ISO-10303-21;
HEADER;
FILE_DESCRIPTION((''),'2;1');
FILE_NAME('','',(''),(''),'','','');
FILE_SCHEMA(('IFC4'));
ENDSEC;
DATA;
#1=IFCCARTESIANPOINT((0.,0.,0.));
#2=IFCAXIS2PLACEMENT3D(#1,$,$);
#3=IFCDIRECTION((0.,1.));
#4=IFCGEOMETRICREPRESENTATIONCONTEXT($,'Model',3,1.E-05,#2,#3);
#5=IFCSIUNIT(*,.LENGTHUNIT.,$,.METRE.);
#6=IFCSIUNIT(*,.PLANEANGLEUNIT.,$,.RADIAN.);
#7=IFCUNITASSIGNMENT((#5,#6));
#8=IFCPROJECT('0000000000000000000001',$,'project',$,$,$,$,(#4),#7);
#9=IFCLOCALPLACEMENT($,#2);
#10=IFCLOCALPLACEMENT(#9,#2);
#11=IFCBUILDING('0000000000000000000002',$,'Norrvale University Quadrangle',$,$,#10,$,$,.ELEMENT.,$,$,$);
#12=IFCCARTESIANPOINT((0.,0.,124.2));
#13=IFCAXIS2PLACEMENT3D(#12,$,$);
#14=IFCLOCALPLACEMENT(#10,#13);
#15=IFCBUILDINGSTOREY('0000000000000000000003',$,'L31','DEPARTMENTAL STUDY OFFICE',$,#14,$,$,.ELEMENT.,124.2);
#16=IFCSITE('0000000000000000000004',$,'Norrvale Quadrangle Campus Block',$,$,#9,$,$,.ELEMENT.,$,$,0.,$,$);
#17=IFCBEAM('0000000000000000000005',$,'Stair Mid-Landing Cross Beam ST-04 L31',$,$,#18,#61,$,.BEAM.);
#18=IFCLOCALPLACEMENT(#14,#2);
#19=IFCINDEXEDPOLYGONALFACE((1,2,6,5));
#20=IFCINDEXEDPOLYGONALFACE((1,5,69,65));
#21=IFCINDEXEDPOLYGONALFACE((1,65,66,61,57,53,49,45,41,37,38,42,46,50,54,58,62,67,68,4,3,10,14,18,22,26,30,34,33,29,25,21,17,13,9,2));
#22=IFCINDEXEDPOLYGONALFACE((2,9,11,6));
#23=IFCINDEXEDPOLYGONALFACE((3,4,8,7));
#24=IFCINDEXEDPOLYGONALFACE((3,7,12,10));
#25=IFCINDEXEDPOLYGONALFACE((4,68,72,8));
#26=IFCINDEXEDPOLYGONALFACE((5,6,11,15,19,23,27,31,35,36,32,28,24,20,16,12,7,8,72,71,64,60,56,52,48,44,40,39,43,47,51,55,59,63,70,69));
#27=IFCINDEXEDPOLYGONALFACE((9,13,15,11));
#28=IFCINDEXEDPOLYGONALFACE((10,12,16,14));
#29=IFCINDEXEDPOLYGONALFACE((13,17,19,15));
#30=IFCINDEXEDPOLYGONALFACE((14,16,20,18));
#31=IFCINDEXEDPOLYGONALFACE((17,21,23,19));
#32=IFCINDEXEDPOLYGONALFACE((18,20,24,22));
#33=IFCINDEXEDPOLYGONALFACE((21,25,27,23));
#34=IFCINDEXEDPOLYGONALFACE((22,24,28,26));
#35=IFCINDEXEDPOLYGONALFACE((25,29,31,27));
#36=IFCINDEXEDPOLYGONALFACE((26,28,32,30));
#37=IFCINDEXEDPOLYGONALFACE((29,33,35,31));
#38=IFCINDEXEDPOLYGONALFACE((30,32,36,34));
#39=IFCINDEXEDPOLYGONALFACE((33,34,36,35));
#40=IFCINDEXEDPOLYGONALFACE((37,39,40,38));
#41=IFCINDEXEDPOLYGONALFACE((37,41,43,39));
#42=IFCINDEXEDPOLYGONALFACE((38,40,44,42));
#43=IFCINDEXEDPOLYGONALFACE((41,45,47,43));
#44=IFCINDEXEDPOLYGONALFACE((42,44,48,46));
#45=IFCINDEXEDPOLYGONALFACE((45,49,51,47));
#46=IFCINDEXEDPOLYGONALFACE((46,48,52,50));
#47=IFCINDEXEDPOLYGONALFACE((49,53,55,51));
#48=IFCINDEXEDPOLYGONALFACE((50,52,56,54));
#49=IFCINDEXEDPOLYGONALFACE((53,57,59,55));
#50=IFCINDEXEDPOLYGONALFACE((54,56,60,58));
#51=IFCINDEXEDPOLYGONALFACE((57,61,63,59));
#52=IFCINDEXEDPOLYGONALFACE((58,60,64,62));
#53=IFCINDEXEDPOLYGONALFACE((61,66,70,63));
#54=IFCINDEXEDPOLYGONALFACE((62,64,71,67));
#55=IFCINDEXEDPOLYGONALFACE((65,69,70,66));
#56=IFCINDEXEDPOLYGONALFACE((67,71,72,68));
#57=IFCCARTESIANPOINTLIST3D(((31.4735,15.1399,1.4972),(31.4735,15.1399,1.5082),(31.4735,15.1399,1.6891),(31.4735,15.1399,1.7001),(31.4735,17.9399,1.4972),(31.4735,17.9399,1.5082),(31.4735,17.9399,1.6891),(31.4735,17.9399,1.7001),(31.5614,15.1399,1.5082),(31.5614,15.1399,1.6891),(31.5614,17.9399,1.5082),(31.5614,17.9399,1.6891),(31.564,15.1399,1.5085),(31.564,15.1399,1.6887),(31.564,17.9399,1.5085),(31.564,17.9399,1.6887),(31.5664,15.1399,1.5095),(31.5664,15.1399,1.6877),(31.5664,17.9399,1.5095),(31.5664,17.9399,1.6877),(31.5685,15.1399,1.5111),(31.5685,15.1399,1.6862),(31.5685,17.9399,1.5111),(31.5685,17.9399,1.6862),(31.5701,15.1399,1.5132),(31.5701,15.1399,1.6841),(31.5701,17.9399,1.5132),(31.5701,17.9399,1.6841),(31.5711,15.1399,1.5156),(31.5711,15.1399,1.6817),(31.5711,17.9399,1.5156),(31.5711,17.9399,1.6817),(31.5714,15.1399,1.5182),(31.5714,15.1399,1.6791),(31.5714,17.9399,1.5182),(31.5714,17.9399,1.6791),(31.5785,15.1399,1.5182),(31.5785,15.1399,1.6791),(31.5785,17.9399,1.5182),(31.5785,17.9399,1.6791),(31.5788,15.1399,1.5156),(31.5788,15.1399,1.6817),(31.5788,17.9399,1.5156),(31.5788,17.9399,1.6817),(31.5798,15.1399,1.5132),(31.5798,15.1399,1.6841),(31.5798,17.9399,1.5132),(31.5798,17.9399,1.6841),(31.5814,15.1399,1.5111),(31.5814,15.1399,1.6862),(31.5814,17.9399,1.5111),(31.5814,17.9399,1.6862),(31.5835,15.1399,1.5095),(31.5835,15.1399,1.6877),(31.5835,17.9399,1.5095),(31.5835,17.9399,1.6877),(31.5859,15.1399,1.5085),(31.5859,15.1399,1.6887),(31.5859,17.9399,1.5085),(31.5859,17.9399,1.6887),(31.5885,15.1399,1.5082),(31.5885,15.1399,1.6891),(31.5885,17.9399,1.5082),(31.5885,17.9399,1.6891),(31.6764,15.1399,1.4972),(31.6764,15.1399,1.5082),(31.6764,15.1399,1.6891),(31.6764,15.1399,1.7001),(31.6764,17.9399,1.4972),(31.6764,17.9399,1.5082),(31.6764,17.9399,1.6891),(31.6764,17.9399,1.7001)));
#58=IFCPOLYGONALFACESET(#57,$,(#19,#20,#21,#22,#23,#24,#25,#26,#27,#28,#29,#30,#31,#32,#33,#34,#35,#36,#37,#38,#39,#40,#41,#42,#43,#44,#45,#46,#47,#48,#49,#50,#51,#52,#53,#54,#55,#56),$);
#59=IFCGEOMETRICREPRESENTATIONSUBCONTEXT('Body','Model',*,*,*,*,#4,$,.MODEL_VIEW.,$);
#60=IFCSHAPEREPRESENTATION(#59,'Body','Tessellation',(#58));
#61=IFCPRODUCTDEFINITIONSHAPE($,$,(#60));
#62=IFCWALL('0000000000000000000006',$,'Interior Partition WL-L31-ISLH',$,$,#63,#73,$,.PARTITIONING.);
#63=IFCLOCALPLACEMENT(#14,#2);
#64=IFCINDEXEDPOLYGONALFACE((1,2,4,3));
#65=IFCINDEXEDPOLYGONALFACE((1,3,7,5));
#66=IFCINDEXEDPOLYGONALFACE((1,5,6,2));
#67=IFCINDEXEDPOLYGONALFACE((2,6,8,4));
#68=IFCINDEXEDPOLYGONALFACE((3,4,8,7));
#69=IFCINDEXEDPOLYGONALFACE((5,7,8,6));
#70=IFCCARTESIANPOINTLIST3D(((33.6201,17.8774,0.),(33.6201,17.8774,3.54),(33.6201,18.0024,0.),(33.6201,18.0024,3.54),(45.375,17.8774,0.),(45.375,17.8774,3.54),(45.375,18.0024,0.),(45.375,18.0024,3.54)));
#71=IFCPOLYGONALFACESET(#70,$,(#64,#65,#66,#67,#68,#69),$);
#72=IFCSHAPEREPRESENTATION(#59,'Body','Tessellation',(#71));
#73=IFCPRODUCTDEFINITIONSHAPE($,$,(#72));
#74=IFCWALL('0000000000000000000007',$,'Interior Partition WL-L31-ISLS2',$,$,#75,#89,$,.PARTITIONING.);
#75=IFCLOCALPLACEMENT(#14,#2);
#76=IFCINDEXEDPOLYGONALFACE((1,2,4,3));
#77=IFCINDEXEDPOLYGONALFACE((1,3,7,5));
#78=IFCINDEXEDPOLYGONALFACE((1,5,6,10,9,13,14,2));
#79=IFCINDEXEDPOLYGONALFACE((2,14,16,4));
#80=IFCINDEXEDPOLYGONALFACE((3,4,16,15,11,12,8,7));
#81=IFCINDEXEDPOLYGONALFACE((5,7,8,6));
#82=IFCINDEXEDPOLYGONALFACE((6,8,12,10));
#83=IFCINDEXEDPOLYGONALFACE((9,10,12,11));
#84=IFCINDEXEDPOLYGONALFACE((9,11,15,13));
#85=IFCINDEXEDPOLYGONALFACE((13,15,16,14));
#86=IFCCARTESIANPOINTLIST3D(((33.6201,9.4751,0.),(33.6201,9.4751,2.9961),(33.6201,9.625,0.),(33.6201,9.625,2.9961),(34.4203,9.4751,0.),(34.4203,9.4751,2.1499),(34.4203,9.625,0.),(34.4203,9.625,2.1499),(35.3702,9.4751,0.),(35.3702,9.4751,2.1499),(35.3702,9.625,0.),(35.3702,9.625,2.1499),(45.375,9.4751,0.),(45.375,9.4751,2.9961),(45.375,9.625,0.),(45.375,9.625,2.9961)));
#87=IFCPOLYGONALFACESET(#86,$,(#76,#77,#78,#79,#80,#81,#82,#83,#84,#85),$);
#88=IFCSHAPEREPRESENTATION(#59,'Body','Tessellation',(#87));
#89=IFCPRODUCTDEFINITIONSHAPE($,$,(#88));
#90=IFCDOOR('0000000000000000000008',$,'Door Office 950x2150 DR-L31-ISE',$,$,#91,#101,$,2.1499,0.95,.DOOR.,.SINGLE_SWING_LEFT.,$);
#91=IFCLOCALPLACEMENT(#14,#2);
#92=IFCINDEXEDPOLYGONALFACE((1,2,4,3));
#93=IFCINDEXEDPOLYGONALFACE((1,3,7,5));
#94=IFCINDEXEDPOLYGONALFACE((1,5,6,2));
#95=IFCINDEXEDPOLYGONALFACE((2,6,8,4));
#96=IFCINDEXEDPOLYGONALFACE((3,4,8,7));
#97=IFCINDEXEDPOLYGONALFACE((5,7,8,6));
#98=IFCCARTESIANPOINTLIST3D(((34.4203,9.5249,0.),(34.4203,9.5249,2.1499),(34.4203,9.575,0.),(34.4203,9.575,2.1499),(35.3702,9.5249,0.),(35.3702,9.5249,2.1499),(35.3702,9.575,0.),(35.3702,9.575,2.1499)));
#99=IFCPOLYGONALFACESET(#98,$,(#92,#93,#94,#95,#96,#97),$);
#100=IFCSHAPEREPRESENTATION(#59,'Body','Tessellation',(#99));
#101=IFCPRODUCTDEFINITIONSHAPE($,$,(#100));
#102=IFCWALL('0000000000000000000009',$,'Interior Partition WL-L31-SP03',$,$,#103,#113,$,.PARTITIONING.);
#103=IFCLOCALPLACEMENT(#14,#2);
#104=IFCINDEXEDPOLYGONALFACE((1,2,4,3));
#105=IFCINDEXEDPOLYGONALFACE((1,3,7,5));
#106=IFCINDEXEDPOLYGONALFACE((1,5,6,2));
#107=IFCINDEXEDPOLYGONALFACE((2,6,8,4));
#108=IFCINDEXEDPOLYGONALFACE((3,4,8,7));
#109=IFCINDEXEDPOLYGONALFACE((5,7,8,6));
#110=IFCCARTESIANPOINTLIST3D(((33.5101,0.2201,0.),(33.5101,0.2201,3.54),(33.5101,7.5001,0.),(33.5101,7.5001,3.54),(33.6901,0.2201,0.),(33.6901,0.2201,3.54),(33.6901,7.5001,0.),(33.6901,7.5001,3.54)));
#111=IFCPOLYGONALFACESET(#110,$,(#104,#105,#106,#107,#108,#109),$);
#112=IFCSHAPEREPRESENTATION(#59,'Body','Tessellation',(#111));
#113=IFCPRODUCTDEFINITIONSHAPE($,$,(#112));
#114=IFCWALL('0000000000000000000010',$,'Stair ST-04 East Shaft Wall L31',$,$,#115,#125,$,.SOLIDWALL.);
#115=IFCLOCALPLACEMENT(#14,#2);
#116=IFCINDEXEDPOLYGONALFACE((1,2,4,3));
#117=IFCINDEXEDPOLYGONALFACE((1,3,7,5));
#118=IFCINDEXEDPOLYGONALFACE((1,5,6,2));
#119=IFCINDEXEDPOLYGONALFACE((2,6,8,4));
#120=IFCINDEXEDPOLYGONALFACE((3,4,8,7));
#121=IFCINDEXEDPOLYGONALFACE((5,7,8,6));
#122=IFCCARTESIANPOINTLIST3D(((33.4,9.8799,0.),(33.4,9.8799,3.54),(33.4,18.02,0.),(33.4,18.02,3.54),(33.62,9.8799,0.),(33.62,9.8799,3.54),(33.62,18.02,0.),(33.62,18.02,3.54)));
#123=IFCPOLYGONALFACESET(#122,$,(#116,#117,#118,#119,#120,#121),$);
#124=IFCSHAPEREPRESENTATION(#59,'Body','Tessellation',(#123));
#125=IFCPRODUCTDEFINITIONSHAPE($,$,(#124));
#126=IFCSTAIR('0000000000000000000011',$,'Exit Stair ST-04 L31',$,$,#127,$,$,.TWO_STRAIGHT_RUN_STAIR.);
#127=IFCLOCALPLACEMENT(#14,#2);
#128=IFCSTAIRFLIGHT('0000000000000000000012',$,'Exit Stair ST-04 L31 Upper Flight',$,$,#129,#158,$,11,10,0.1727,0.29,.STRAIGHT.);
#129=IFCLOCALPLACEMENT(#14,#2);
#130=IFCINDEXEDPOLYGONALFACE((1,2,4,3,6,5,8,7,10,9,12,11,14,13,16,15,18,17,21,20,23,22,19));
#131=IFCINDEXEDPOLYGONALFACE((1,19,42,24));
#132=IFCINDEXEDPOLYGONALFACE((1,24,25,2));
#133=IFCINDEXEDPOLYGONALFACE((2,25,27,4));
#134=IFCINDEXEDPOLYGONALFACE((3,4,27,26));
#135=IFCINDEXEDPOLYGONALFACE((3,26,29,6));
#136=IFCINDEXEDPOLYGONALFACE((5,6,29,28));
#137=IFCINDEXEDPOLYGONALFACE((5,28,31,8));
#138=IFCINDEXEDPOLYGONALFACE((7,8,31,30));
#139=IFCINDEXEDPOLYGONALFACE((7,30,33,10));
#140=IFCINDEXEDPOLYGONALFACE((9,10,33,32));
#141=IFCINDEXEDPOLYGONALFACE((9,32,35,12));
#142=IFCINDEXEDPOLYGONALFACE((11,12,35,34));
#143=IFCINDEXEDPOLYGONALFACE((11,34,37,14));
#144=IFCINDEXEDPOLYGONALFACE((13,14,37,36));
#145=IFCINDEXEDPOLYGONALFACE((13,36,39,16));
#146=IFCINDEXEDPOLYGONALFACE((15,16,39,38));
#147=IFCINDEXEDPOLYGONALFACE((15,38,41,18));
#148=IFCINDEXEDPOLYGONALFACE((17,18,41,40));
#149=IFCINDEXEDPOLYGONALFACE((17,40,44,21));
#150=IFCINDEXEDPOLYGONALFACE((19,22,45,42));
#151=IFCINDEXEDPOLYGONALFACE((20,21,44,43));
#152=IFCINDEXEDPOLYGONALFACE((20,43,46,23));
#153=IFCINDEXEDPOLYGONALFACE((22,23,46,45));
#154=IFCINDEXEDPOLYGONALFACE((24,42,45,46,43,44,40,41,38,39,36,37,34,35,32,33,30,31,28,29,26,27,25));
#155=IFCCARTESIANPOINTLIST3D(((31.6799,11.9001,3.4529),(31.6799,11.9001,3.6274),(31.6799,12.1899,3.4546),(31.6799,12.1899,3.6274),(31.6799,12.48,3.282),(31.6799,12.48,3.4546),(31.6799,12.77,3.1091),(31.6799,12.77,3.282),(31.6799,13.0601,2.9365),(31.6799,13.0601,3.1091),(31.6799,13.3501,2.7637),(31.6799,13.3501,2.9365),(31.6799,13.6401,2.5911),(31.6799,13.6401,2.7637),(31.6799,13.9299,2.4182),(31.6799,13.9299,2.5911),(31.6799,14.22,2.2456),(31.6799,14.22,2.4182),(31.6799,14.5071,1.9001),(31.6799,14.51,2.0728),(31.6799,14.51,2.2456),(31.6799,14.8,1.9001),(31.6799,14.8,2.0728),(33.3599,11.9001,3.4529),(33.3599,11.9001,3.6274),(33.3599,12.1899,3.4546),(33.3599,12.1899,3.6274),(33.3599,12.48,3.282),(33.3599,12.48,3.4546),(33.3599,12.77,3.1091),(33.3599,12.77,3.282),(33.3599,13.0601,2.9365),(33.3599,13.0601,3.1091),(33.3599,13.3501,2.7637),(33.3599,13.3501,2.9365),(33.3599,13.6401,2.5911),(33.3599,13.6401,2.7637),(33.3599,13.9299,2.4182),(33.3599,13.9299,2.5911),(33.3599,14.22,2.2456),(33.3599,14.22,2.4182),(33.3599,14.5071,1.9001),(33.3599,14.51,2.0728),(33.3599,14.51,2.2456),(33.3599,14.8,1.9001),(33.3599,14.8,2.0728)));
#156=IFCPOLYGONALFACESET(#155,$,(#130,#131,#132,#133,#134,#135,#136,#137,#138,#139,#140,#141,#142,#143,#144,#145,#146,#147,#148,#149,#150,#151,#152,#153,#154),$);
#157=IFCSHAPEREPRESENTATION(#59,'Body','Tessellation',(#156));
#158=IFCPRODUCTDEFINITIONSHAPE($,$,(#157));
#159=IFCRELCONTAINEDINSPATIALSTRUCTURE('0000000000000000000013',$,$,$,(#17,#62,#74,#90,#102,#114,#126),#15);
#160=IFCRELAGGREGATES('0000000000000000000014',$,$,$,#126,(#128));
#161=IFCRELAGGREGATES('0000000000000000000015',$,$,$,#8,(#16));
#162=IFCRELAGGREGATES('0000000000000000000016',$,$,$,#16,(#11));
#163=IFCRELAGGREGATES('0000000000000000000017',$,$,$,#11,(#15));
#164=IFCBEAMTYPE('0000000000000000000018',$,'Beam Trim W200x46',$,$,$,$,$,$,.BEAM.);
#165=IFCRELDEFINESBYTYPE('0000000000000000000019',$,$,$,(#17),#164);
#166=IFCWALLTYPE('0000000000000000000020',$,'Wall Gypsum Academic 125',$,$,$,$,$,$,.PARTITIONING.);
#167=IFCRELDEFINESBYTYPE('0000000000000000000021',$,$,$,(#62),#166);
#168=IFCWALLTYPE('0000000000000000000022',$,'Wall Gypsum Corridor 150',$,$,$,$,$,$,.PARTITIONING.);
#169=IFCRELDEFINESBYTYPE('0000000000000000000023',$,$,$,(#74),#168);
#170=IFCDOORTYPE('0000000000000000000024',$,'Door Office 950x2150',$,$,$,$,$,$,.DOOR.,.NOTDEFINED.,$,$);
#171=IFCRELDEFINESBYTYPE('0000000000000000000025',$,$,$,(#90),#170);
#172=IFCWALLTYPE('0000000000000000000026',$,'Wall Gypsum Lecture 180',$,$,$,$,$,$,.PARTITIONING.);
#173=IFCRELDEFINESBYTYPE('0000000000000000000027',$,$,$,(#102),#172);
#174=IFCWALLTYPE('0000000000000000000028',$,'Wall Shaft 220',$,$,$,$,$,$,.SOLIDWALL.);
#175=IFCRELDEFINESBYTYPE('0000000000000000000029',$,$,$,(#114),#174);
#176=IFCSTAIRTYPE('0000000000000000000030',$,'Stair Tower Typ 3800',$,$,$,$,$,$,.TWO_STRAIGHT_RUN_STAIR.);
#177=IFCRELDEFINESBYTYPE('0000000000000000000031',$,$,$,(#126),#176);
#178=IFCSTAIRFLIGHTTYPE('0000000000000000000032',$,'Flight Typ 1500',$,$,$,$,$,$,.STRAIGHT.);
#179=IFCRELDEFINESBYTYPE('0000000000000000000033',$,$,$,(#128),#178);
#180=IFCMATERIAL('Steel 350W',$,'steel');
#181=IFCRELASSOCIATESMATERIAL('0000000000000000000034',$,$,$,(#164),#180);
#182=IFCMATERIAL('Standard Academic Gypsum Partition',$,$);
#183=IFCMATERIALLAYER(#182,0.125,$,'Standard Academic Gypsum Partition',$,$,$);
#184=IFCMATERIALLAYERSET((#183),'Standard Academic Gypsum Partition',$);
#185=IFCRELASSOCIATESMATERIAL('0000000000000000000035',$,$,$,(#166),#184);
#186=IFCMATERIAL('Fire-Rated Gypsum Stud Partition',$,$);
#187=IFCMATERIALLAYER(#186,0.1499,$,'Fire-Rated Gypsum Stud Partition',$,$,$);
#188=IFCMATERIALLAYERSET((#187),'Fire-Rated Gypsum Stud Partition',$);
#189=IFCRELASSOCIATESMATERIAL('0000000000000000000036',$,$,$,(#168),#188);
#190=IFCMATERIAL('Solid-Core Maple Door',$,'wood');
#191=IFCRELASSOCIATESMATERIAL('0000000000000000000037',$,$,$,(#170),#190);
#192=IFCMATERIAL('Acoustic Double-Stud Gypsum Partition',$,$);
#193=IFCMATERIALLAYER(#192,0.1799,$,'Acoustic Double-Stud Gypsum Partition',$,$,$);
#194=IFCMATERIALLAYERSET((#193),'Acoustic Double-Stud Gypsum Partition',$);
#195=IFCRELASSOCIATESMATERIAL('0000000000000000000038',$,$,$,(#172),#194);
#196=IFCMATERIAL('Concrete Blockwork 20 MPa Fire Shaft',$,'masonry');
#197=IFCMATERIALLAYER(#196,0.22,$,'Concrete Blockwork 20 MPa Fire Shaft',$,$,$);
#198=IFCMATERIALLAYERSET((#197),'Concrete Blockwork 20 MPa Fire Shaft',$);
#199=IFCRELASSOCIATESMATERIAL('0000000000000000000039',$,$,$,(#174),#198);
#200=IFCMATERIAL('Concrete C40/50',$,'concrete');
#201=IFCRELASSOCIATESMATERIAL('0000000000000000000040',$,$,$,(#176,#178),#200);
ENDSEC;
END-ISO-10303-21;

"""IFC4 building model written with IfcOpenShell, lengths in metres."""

from ifc_helpers import new_model, si_unit, direction, frame, frame_2d, origin, origin_2d, place, context, subcontext, project, spatial, polyline, rectangle, i_section, outline, extrude, material, layer, layer_set, material_profile, profile_set, type_object, element, fill, aggregate, save


model = new_model("IFC4")

# Units and contexts
model_context = context("Model", 3, precision=1e-05, world=origin(), true_north=direction((0.0, 1.0)))
body_context = subcontext(model_context, "Body", "Model", "MODEL_VIEW")
ifc_project = project(units=[si_unit("LENGTHUNIT", "METRE"), si_unit("PLANEANGLEUNIT", "RADIAN")], contexts=[model_context])

# Site, building, storey
site_placement = place(None, origin())
site = spatial("IfcSite", under=ifc_project, at=site_placement, Name="Norrvale Quadrangle Campus Block", CompositionType="ELEMENT", RefElevation=0.0)
building_placement = place(site_placement, origin())
building = spatial("IfcBuilding", under=site, at=building_placement, Name="Norrvale University Quadrangle", CompositionType="ELEMENT")
storey_placement = place(building_placement, frame((0.0, 0.0, 124.2)))
storey = spatial("IfcBuildingStorey", under=building, at=storey_placement, Name="L31", Description="DEPARTMENTAL STUDY OFFICE", CompositionType="ELEMENT", Elevation=124.2)

# Beam
ifc_material_1 = material(Name="Steel 350W", Category="steel")
ifc_material_profile_1 = material_profile(ifc_material_1, i_section(OverallWidth=0.2029, OverallDepth=0.2029, WebThickness=0.0071, FlangeThickness=0.011, FilletRadius=0.01, at=origin_2d()), Name="Steel 350W")
ifc_profile_set_1 = profile_set([ifc_material_profile_1], Name="Steel 350W")
beam_type_1 = type_object("IfcBeamType", Name="Beam Trim W200x46", PredefinedType="BEAM", material=ifc_profile_set_1)
beam_1_placement = place(storey_placement, frame((31.575, 15.1399, 1.5986), z_axis=(0.0, 1.0, 0.0), x_axis=(-1.0, 0.0, 0.0)))
element("IfcBeam", 1, at=beam_1_placement, inside=storey, type_object=beam_type_1, Name="Stair Mid-Landing Cross Beam ST-04 L31", PredefinedType="BEAM", context=body_context, shape_type="SweptSolid", body=[
    extrude(i_section(OverallWidth=0.2029, OverallDepth=0.2029, WebThickness=0.0071, FlangeThickness=0.011, FilletRadius=0.01, at=origin_2d()), origin(), (0.0, 0.0, 1.0), 2.8),
])

# Wall
ifc_material_2 = material(Name="Standard Academic Gypsum Partition")
ifc_layer_1 = layer(ifc_material_2, 0.125, Name="Standard Academic Gypsum Partition")
ifc_layer_set_1 = layer_set([ifc_layer_1], Name="Standard Academic Gypsum Partition")
wall_type_1 = type_object("IfcWallType", Name="Wall Gypsum Academic 125", PredefinedType="PARTITIONING", material=ifc_layer_set_1)
wall_1_placement = place(storey_placement, frame((33.6201, 17.9399, 0.0), z_axis=(0.0, 0.0, 1.0), x_axis=(1.0, 0.0, 0.0)))
element("IfcWall", 2, at=wall_1_placement, inside=storey, type_object=wall_type_1, Name="Interior Partition WL-L31-ISLH", PredefinedType="PARTITIONING", context=body_context, shape_type="SweptSolid", body=[
    extrude(rectangle(XDim=11.7549, YDim=0.125, at=frame_2d((5.8774, 0.0))), origin(), (0.0, 0.0, 1.0), 3.54),
])

# Wall, opening, door
ifc_material_3 = material(Name="Fire-Rated Gypsum Stud Partition")
ifc_layer_2 = layer(ifc_material_3, 0.1499, Name="Fire-Rated Gypsum Stud Partition")
ifc_layer_set_2 = layer_set([ifc_layer_2], Name="Fire-Rated Gypsum Stud Partition")
wall_type_2 = type_object("IfcWallType", Name="Wall Gypsum Corridor 150", PredefinedType="PARTITIONING", material=ifc_layer_set_2)
wall_2_placement = place(storey_placement, frame((33.6201, 9.55, 0.0), z_axis=(0.0, 0.0, 1.0), x_axis=(1.0, 0.0, 0.0)))
wall_2 = element("IfcWall", 3, at=wall_2_placement, inside=storey, type_object=wall_type_2, Name="Interior Partition WL-L31-ISLS2", PredefinedType="PARTITIONING", context=body_context, shape_type="SweptSolid", body=[
    extrude(rectangle(XDim=11.7549, YDim=0.1499, at=frame_2d((5.8774, 0.0))), origin(), (0.0, 0.0, 1.0), 2.9961),
])
opening_placement = place(wall_2_placement, frame((0.8, 0.0, 0.0)))
opening = element("IfcOpeningElement", 4, at=opening_placement, cuts=wall_2, PredefinedType="OPENING", context=body_context, shape_type="SweptSolid", body=[
    extrude(rectangle(XDim=0.95, YDim=2.1499, at=frame_2d((0.4751, 1.075))), frame((0.0, 0.0869, 0.0), z_axis=(0.0, -1.0, 0.0), x_axis=(1.0, 0.0, 0.0)), (0.0, 0.0, 1.0), 0.1738),
])
ifc_material_4 = material(Name="Solid-Core Maple Door", Category="wood")
door_type = type_object("IfcDoorType", Name="Door Office 950x2150", OperationType="NOTDEFINED", PredefinedType="DOOR", material=ifc_material_4)
door_placement = place(opening_placement, origin())
door = element("IfcDoor", 5, at=door_placement, inside=storey, type_object=door_type, Name="Door Office 950x2150 DR-L31-ISE", OperationType="SINGLE_SWING_LEFT", OverallHeight=2.1499, OverallWidth=0.95, PredefinedType="DOOR", context=body_context, shape_type="SweptSolid", body=[
    extrude(rectangle(XDim=0.95, YDim=2.1499, at=frame_2d((0.4751, 1.075))), frame((0.0, 0.0249, 0.0), z_axis=(0.0, -1.0, 0.0), x_axis=(1.0, 0.0, 0.0)), (0.0, 0.0, 1.0), 0.05),
])
fill(opening, door)

# Walls
ifc_material_5 = material(Name="Acoustic Double-Stud Gypsum Partition")
ifc_layer_3 = layer(ifc_material_5, 0.1799, Name="Acoustic Double-Stud Gypsum Partition")
ifc_layer_set_3 = layer_set([ifc_layer_3], Name="Acoustic Double-Stud Gypsum Partition")
wall_type_3 = type_object("IfcWallType", Name="Wall Gypsum Lecture 180", PredefinedType="PARTITIONING", material=ifc_layer_set_3)
wall_3_placement = place(storey_placement, frame((33.6001, 0.22, 0.0), z_axis=(0.0, 0.0, 1.0), x_axis=(0.0, 1.0, 0.0)))
element("IfcWall", 6, at=wall_3_placement, inside=storey, type_object=wall_type_3, Name="Interior Partition WL-L31-SP03", PredefinedType="PARTITIONING", context=body_context, shape_type="SweptSolid", body=[
    extrude(rectangle(XDim=7.28, YDim=0.1799, at=frame_2d((3.6401, 0.0))), origin(), (0.0, 0.0, 1.0), 3.54),
])
ifc_material_6 = material(Name="Concrete Blockwork 20 MPa Fire Shaft", Category="masonry")
ifc_layer_4 = layer(ifc_material_6, 0.22, Name="Concrete Blockwork 20 MPa Fire Shaft")
ifc_layer_set_4 = layer_set([ifc_layer_4], Name="Concrete Blockwork 20 MPa Fire Shaft")
wall_type_4 = type_object("IfcWallType", Name="Wall Shaft 220", PredefinedType="SOLIDWALL", material=ifc_layer_set_4)
wall_4_placement = place(storey_placement, frame((33.51, 9.8799, 0.0), z_axis=(0.0, 0.0, 1.0), x_axis=(0.0, 1.0, 0.0)))
element("IfcWall", 7, at=wall_4_placement, inside=storey, type_object=wall_type_4, Name="Stair ST-04 East Shaft Wall L31", PredefinedType="SOLIDWALL", context=body_context, shape_type="SweptSolid", body=[
    extrude(rectangle(XDim=8.1401, YDim=0.22, at=frame_2d((4.0701, 0.0))), origin(), (0.0, 0.0, 1.0), 3.54),
])

# Stair, stair flight
ifc_material_7 = material(Name="Concrete C40/50", Category="concrete")
stair_type = type_object("IfcStairType", Name="Stair Tower Typ 3800", PredefinedType="TWO_STRAIGHT_RUN_STAIR", material=ifc_material_7)
stair_placement = place(storey_placement, origin())
stair = element("IfcStair", 8, at=stair_placement, inside=storey, type_object=stair_type, Name="Exit Stair ST-04 L31", PredefinedType="TWO_STRAIGHT_RUN_STAIR")
stair_flight_type = type_object("IfcStairFlightType", Name="Flight Typ 1500", PredefinedType="STRAIGHT", material=ifc_material_7)
stair_flight_placement = place(storey_placement, frame((32.52, 14.8, 1.9001), z_axis=(0.0, 0.0, 1.0), x_axis=(0.0, -1.0, 0.0)))
stair_flight = element("IfcStairFlight", 9, at=stair_flight_placement, type_object=stair_flight_type, Name="Exit Stair ST-04 L31 Upper Flight", NumberOfRisers=11, NumberOfTreads=10, PredefinedType="STRAIGHT", RiserHeight=0.1727, TreadLength=0.29, context=body_context, shape_type="SweptSolid", body=[
    extrude(outline(polyline([(0.0, 0.0), (0.0, 0.1726), (0.29, 0.1726), (0.29, 0.3455), (0.5801, 0.3455), (0.5801, 0.5181), (0.8701, 0.5181), (0.8701, 0.6909), (1.1599, 0.6909), (1.1599, 0.8635), (1.45, 0.8635), (1.45, 1.0364), (1.74, 1.0364), (1.74, 1.209), (2.03, 1.209), (2.03, 1.3818), (2.3201, 1.3818), (2.3201, 1.5544), (2.6101, 1.5544), (2.6101, 1.7273), (2.8999, 1.7273), (2.8999, 1.8999), (2.8999, 1.5527), (0.293, 0.0), (0.0, 0.0)])), frame((0.0, 0.8398, 0.0), z_axis=(0.0, -1.0, 0.0), x_axis=(1.0, 0.0, 0.0)), (0.0, 0.0, 1.0), 1.6799),
])
aggregate(stair, [stair_flight])

save(model, "model.ifc")
